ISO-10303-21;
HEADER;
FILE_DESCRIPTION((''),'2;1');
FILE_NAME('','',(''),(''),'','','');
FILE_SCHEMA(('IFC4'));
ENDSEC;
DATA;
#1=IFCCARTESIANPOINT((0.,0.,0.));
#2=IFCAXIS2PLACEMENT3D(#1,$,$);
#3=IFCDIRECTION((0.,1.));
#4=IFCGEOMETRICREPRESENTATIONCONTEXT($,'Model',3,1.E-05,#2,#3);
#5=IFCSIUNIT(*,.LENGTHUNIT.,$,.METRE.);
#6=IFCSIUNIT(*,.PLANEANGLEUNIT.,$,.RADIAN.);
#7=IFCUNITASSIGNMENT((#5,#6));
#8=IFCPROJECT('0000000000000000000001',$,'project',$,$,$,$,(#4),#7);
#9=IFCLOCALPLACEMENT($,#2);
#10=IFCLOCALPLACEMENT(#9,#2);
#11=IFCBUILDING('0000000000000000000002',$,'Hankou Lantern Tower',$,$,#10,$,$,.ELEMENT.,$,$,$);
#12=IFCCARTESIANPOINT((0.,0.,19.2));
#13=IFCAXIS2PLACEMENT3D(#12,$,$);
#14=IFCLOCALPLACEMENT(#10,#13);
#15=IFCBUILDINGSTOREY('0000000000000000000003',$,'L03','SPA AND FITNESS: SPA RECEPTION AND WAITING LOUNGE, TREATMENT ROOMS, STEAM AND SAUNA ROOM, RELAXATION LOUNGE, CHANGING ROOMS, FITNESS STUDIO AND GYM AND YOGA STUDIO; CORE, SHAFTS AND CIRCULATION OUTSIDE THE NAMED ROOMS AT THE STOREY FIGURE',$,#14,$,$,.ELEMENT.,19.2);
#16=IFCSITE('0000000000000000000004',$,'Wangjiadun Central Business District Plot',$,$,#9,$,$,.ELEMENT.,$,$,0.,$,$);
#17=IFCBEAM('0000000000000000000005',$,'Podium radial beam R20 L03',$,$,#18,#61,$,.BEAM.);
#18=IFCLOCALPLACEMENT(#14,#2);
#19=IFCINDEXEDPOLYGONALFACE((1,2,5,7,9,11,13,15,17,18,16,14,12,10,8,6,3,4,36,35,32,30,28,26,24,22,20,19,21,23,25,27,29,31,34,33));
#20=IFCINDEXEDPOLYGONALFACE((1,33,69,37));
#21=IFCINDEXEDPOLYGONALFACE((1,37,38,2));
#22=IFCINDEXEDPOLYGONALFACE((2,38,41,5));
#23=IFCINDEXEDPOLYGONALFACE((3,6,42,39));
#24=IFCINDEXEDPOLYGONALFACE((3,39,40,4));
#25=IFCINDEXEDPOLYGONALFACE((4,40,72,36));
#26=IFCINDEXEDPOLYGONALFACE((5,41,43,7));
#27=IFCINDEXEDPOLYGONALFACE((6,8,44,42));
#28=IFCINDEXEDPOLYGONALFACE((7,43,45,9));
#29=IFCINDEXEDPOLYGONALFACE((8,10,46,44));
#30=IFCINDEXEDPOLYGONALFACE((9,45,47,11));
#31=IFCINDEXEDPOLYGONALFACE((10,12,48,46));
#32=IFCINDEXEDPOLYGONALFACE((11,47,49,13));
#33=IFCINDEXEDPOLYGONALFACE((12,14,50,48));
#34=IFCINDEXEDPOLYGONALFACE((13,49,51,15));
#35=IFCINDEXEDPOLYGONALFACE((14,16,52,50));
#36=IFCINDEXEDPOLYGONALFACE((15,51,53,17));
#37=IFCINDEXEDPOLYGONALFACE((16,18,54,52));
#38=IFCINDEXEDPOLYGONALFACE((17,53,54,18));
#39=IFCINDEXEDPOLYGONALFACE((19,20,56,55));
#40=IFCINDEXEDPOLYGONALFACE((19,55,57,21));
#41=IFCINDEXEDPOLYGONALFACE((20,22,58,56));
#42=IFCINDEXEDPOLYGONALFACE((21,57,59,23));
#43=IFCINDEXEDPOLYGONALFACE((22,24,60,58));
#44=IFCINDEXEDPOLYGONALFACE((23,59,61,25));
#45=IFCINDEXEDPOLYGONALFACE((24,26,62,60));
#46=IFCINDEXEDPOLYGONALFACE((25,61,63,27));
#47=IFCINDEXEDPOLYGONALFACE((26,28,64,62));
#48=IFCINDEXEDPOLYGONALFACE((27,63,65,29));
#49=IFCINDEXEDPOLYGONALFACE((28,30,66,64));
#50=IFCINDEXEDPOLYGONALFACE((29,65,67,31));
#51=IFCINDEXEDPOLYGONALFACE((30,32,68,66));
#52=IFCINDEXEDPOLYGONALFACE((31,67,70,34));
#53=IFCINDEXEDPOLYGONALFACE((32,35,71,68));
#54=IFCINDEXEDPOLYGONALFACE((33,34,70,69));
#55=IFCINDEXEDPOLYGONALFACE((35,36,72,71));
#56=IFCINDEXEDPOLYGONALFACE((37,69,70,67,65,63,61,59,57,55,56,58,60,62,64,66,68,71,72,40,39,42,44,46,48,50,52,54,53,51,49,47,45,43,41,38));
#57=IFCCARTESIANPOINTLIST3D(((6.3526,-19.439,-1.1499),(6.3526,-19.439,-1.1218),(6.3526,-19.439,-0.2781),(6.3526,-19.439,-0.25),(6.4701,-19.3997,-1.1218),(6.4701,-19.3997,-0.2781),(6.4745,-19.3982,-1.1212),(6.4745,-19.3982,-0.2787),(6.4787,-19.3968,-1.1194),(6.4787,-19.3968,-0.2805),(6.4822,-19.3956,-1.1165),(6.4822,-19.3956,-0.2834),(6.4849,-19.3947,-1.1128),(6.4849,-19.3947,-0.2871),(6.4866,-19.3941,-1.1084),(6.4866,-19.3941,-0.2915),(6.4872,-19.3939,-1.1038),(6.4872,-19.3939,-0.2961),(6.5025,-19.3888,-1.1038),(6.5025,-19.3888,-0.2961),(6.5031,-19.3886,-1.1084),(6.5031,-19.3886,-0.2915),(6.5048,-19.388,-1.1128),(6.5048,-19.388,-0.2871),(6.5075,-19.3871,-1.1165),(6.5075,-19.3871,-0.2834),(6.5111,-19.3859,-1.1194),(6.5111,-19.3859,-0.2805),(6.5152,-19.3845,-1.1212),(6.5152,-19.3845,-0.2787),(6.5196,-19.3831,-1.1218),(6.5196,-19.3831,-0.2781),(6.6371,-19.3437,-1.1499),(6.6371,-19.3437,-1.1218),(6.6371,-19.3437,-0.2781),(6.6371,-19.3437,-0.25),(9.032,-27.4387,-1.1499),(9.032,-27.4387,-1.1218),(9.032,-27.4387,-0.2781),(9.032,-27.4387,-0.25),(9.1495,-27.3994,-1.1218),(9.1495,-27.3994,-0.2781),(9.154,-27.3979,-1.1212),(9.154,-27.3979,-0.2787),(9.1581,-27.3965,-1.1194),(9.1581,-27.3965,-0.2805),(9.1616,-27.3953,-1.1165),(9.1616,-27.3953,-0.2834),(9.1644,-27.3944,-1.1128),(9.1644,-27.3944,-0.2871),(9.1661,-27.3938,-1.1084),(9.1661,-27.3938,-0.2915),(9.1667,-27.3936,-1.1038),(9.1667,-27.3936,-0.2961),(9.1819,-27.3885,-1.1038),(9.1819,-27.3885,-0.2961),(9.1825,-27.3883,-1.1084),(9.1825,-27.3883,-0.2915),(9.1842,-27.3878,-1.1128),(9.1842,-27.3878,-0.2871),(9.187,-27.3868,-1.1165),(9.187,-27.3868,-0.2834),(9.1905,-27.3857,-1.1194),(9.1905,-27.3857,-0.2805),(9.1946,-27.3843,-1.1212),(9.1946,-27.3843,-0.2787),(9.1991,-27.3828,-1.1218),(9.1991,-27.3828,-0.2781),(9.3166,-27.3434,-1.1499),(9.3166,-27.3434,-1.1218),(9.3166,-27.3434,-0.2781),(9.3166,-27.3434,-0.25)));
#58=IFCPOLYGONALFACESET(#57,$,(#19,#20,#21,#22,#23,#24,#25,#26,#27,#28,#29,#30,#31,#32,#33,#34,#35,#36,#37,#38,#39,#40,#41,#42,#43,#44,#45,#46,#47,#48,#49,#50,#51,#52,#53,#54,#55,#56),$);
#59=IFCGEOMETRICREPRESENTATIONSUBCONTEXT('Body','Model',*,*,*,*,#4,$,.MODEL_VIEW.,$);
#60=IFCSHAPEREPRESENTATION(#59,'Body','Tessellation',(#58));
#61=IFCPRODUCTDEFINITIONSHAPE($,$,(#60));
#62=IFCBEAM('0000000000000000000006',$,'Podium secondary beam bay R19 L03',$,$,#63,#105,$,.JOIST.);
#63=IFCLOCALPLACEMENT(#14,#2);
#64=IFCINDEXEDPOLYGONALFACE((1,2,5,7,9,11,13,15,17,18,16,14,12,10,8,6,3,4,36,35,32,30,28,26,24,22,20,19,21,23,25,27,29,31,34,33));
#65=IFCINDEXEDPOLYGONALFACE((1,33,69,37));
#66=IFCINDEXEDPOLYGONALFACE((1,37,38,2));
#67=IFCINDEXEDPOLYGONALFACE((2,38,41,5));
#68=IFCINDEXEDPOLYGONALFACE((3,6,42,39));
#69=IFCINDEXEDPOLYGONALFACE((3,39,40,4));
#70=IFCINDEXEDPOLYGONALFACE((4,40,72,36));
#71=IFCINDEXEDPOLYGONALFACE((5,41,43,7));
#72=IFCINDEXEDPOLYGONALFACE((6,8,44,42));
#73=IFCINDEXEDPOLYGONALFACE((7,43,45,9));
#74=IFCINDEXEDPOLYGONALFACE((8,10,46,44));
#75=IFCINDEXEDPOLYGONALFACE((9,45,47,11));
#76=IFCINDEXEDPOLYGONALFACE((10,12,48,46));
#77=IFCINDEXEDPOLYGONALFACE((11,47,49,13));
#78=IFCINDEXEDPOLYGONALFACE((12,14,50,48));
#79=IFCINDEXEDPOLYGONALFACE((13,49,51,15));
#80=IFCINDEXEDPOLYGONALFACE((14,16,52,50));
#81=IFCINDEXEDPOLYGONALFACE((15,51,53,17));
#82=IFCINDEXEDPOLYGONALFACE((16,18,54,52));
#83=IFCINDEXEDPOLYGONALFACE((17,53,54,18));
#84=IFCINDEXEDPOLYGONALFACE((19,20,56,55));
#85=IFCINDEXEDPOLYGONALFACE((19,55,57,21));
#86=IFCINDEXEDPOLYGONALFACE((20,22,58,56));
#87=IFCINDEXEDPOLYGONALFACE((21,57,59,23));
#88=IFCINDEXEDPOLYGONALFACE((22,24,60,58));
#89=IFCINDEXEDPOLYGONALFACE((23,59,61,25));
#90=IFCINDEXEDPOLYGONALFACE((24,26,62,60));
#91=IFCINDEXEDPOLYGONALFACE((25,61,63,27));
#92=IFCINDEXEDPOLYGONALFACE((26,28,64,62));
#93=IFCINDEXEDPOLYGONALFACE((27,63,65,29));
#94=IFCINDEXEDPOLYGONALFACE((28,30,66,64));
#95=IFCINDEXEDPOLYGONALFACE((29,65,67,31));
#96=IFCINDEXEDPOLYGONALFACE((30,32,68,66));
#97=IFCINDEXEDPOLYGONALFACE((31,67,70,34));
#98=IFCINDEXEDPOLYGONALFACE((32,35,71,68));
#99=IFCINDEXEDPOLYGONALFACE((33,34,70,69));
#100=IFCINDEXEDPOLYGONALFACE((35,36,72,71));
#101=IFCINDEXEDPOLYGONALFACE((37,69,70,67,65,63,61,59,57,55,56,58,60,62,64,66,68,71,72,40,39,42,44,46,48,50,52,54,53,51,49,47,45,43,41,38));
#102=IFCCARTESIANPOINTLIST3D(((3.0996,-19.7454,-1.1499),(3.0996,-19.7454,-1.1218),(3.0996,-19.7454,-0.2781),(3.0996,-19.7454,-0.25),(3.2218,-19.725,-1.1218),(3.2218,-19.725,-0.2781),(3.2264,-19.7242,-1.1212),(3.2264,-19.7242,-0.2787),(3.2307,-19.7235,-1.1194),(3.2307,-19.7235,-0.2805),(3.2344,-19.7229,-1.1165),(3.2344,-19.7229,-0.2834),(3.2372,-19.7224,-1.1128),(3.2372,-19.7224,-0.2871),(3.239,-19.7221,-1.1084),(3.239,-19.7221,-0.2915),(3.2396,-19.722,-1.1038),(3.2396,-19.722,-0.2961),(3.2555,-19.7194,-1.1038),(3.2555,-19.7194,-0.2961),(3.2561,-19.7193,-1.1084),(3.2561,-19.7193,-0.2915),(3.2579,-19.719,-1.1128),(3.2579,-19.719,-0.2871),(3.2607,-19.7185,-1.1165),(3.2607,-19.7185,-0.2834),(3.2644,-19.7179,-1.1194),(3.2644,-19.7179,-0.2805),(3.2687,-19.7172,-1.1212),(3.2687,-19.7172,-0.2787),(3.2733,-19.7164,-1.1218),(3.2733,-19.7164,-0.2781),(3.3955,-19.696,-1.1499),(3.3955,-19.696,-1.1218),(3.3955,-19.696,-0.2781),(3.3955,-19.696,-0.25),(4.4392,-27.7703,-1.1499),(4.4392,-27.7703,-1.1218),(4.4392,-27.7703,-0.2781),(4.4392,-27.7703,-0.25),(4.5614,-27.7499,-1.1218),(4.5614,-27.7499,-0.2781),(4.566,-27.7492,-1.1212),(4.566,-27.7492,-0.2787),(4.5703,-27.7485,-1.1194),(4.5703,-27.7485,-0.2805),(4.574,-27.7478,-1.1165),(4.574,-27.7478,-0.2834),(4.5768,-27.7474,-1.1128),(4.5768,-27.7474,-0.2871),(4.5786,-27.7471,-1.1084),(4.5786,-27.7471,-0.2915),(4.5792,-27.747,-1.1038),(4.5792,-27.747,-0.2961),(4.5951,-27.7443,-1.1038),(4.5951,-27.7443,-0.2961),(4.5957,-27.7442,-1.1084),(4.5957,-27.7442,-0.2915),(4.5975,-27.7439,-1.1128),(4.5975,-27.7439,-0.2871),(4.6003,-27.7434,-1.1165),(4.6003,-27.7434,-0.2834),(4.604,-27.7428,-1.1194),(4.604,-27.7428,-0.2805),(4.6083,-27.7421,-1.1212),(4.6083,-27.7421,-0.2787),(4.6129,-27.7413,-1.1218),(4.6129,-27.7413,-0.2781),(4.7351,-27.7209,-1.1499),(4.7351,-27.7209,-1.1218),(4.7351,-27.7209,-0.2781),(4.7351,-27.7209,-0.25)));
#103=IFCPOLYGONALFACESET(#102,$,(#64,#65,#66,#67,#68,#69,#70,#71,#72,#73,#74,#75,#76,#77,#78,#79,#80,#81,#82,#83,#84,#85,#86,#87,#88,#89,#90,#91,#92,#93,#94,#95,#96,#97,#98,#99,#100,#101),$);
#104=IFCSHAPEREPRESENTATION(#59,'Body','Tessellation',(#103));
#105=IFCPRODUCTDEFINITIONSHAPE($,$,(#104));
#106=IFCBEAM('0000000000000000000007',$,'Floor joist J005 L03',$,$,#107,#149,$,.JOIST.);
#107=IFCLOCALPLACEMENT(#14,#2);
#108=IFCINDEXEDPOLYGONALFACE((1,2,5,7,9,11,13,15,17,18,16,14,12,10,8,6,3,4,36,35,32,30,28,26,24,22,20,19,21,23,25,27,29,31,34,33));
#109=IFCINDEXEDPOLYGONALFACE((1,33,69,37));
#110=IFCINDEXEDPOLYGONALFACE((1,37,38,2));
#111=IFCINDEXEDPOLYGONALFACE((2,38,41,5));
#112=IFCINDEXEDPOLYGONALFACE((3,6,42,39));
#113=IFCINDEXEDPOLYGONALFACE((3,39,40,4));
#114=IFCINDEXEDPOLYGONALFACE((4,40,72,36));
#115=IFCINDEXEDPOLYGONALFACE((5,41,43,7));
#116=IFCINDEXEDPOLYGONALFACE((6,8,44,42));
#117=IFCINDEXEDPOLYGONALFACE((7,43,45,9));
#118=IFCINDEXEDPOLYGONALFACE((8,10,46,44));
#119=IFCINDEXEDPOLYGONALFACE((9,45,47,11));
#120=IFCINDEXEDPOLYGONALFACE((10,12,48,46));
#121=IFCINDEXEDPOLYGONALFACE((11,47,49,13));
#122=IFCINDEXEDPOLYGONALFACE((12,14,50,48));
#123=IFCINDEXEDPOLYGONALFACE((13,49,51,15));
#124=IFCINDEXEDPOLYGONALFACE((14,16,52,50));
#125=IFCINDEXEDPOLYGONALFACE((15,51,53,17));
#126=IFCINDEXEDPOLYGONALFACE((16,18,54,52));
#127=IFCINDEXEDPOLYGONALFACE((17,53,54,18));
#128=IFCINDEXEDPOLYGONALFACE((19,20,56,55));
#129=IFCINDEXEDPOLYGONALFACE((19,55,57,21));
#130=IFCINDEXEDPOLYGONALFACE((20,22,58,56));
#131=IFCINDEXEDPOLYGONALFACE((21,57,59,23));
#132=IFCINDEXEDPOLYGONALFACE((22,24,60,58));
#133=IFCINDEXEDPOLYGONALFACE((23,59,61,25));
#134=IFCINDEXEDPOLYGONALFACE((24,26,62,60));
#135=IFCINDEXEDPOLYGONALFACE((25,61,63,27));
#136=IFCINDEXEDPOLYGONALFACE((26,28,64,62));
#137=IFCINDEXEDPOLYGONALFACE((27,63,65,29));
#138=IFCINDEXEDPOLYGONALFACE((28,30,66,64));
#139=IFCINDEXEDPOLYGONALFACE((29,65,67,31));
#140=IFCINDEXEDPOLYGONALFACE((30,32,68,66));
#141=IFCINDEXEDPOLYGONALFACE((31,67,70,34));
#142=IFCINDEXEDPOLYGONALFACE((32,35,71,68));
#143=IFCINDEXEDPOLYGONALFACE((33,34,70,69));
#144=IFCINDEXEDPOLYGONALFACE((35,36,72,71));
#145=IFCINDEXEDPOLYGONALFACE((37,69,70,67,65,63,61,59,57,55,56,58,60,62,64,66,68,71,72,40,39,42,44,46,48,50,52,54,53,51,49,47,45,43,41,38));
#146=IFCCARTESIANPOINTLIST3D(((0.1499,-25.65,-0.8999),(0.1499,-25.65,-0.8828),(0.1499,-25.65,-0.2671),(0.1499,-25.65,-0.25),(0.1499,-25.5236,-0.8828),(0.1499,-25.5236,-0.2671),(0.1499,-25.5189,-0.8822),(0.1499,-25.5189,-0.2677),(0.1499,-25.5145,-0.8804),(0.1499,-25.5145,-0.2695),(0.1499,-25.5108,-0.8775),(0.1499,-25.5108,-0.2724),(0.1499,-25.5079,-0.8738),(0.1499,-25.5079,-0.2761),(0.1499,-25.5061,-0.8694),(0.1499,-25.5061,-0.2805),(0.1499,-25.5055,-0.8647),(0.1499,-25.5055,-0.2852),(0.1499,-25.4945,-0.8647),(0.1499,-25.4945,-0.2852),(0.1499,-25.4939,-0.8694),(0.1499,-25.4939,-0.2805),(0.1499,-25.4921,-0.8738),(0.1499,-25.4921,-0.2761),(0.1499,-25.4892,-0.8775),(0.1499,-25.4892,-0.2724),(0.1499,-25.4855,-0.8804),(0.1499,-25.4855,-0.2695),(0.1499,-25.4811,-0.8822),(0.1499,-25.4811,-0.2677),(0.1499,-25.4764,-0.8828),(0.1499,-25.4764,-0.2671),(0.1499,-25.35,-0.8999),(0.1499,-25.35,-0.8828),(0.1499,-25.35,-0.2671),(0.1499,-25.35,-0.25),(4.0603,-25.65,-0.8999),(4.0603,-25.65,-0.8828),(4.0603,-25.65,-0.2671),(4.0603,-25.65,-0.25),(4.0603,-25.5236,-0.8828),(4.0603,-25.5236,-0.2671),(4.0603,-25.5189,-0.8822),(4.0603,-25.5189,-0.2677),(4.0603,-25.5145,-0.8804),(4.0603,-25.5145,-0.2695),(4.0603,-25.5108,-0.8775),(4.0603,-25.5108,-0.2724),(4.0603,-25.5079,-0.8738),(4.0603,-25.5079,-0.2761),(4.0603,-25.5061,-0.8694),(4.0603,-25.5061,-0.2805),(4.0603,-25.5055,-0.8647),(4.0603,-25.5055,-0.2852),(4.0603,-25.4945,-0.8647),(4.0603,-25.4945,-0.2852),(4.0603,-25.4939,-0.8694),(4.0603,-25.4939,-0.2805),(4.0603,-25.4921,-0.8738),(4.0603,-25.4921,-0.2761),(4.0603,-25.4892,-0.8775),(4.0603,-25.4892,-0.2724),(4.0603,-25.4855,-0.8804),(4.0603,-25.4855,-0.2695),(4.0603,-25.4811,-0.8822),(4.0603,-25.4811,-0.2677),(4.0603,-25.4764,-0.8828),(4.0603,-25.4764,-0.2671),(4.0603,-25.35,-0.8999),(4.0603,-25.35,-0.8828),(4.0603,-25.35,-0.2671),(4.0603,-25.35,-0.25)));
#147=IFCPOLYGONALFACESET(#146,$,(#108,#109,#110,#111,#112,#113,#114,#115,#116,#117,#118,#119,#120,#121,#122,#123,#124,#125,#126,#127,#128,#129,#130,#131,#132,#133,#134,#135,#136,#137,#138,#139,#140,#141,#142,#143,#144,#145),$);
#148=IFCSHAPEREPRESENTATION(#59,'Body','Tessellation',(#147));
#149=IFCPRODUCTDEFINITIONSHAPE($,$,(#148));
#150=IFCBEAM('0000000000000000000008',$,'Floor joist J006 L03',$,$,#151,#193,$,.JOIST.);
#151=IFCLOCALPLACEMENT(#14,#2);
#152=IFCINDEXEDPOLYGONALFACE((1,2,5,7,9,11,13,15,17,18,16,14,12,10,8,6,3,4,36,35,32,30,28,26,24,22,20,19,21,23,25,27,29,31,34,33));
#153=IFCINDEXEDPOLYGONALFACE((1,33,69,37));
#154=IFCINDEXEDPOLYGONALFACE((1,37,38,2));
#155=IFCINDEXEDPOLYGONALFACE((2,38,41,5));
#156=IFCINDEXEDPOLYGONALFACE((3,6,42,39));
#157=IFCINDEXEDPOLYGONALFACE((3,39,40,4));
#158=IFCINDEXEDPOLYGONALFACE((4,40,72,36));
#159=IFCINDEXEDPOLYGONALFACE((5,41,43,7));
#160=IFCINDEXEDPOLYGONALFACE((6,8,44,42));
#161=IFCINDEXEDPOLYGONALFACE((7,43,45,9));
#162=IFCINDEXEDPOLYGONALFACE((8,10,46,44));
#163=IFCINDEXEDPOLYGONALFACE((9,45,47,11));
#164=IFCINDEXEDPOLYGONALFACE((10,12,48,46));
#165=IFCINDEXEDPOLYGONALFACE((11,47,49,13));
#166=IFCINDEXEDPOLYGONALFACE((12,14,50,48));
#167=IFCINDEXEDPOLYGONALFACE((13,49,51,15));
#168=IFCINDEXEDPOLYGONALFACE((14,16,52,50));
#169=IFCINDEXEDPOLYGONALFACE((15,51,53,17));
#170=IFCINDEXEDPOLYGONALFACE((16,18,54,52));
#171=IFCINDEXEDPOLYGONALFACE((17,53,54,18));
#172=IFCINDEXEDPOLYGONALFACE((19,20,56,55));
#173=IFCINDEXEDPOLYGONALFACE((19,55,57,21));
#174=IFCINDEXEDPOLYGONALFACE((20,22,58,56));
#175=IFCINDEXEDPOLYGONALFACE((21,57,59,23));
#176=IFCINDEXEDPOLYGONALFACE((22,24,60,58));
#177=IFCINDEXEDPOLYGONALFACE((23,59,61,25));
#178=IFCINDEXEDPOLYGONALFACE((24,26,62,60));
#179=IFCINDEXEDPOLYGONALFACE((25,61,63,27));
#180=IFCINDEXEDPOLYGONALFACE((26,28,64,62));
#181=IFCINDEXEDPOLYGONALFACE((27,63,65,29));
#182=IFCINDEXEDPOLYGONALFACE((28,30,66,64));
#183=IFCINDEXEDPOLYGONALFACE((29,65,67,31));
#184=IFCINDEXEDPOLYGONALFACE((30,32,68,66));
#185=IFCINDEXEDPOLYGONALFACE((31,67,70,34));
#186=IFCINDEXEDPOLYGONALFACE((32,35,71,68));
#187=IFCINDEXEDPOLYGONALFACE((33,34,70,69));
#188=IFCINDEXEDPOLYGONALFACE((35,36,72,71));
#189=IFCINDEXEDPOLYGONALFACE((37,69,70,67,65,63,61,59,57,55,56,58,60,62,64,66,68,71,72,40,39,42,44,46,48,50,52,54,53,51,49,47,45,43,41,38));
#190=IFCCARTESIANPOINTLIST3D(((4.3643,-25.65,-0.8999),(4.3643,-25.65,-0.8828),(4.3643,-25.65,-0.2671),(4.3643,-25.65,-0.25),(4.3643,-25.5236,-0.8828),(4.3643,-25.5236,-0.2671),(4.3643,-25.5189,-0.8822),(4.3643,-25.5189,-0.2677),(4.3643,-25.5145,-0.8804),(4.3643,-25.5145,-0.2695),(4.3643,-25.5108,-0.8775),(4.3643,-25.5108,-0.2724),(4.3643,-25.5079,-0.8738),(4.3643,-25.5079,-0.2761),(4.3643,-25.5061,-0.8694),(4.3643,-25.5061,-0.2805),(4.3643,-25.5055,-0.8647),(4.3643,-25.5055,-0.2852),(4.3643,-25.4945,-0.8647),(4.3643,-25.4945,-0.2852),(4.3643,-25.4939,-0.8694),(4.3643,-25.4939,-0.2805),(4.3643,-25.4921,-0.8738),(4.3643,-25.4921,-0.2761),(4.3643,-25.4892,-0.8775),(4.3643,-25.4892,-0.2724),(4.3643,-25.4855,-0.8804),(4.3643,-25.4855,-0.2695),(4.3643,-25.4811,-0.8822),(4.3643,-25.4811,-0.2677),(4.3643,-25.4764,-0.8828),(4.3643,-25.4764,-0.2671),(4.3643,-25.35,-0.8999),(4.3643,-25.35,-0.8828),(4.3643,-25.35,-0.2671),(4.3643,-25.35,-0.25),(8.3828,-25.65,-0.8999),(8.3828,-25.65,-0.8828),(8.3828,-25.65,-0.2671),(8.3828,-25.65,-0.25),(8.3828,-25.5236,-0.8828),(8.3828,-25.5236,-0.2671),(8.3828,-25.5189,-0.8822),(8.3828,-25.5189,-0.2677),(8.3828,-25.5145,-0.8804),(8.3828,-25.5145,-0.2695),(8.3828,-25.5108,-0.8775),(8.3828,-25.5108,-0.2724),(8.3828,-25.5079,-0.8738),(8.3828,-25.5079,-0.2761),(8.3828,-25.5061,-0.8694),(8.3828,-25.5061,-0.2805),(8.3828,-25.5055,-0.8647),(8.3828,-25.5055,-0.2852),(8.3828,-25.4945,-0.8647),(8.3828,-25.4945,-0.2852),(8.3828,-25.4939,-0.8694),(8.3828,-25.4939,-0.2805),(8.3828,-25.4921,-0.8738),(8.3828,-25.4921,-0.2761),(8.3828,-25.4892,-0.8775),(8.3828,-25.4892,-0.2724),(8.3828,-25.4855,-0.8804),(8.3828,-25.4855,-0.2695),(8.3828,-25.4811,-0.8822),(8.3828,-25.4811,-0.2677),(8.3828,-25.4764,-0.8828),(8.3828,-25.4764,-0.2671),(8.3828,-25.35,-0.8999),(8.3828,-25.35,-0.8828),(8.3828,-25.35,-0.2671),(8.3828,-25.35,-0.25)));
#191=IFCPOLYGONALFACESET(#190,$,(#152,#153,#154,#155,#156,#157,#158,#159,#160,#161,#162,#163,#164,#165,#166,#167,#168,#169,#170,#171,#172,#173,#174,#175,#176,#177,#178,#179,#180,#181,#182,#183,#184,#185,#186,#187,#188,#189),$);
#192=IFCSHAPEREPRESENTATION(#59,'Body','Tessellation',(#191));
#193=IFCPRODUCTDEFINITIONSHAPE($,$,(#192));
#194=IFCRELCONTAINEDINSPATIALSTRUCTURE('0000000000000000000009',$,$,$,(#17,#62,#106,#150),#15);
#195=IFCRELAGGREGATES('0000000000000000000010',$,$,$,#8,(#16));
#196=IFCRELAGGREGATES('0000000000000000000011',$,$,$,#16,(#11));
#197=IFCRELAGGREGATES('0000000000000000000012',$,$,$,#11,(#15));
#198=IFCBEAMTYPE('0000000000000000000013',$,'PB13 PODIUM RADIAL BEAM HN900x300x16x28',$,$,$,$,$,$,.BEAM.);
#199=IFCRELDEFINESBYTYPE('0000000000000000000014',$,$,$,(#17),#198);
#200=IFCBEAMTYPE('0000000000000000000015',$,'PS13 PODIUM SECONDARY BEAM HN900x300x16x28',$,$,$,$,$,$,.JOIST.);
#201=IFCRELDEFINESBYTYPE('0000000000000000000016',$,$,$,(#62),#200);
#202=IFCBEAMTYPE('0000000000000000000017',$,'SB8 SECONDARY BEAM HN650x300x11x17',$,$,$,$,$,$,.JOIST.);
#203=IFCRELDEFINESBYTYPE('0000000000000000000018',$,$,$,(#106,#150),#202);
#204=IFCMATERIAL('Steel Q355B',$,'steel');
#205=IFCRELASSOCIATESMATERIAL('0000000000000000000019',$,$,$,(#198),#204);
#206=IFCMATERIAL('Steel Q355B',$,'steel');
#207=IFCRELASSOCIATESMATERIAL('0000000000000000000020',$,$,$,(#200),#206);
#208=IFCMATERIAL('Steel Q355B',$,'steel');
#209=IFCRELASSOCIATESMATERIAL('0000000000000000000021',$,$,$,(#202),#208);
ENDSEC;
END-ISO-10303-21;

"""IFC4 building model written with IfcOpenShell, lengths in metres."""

from ifc_helpers import new_model, si_unit, direction, frame, origin, origin_2d, place, context, subcontext, project, spatial, i_section, extrude, material, material_profile, profile_set, type_object, element, save


model = new_model("IFC4")

# Units and contexts
model_context = context("Model", 3, precision=1e-05, world=origin(), true_north=direction((0.0, 1.0)))
body_context = subcontext(model_context, "Body", "Model", "MODEL_VIEW")
ifc_project = project(units=[si_unit("LENGTHUNIT", "METRE"), si_unit("PLANEANGLEUNIT", "RADIAN")], contexts=[model_context])

# Site, building, storey
site_placement = place(None, origin())
site = spatial("IfcSite", under=ifc_project, at=site_placement, Name="Wangjiadun Central Business District Plot", CompositionType="ELEMENT", RefElevation=0.0)
building_placement = place(site_placement, origin())
building = spatial("IfcBuilding", under=site, at=building_placement, Name="Hankou Lantern Tower", CompositionType="ELEMENT")
storey_placement = place(building_placement, frame((0.0, 0.0, 19.2)))
storey = spatial("IfcBuildingStorey", under=building, at=storey_placement, Name="L03", Description="SPA AND FITNESS: SPA RECEPTION AND WAITING LOUNGE, TREATMENT ROOMS, STEAM AND SAUNA ROOM, RELAXATION LOUNGE, CHANGING ROOMS, FITNESS STUDIO AND GYM AND YOGA STUDIO; CORE, SHAFTS AND CIRCULATION OUTSIDE THE NAMED ROOMS AT THE STOREY FIGURE", CompositionType="ELEMENT", Elevation=19.2)

# Beams
ifc_material_1 = material(Name="Steel Q355B", Category="steel")
ifc_material_profile_1 = material_profile(ifc_material_1, i_section(OverallWidth=0.3, OverallDepth=0.8999, WebThickness=0.0161, FlangeThickness=0.0281, FilletRadius=0.0181, at=origin_2d()), Name="HN900x300x16x28")
ifc_profile_set_1 = profile_set([ifc_material_profile_1], Name="Steel Q355B")
beam_type_1 = type_object("IfcBeamType", Name="PB13 PODIUM RADIAL BEAM HN900x300x16x28", PredefinedType="BEAM", material=ifc_profile_set_1)
beam_1_placement = place(storey_placement, frame((6.4949, -19.3914, -0.7), z_axis=(0.317599, -0.948225, 0.0), x_axis=(0.948225, 0.317599, 0.0)))
element("IfcBeam", 1, at=beam_1_placement, inside=storey, type_object=beam_type_1, Name="Podium radial beam R20 L03", PredefinedType="BEAM", context=body_context, shape_type="SweptSolid", body=[
    extrude(i_section(OverallWidth=0.3, OverallDepth=0.8999, WebThickness=0.0161, FlangeThickness=0.0281, FilletRadius=0.0181, at=origin_2d()), origin(), (0.0, 0.0, 1.0), 8.4365),
])
ifc_material_2 = material(Name="Steel Q355B", Category="steel")
ifc_material_profile_2 = material_profile(ifc_material_2, i_section(OverallWidth=0.3, OverallDepth=0.8999, WebThickness=0.0161, FlangeThickness=0.0281, FilletRadius=0.0181, at=origin_2d()), Name="HN900x300x16x28")
ifc_profile_set_2 = profile_set([ifc_material_profile_2], Name="Steel Q355B")
beam_type_2 = type_object("IfcBeamType", Name="PS13 PODIUM SECONDARY BEAM HN900x300x16x28", PredefinedType="JOIST", material=ifc_profile_set_2)
beam_2_placement = place(storey_placement, frame((3.2476, -19.7207, -0.7), z_axis=(0.164652, -0.986352, 0.0), x_axis=(0.986352, 0.164652, 0.0)))
element("IfcBeam", 2, at=beam_2_placement, inside=storey, type_object=beam_type_2, Name="Podium secondary beam bay R19 L03", PredefinedType="JOIST", context=body_context, shape_type="SweptSolid", body=[
    extrude(i_section(OverallWidth=0.3, OverallDepth=0.8999, WebThickness=0.0161, FlangeThickness=0.0281, FilletRadius=0.0181, at=origin_2d()), origin(), (0.0, 0.0, 1.0), 8.136),
])
ifc_material_3 = material(Name="Steel Q355B", Category="steel")
ifc_material_profile_3 = material_profile(ifc_material_3, i_section(OverallWidth=0.3, OverallDepth=0.6499, WebThickness=0.011, FlangeThickness=0.0171, FilletRadius=0.0181, at=origin_2d()), Name="HN650x300x11x17")
ifc_profile_set_3 = profile_set([ifc_material_profile_3], Name="Steel Q355B")
beam_type_3 = type_object("IfcBeamType", Name="SB8 SECONDARY BEAM HN650x300x11x17", PredefinedType="JOIST", material=ifc_profile_set_3)
beam_3_placement = place(storey_placement, frame((0.1499, -25.5, -0.575), z_axis=(1.0, 0.0, 0.0), x_axis=(0.0, 1.0, 0.0)))
element("IfcBeam", 3, at=beam_3_placement, inside=storey, type_object=beam_type_3, Name="Floor joist J005 L03", PredefinedType="JOIST", context=body_context, shape_type="SweptSolid", body=[
    extrude(i_section(OverallWidth=0.3, OverallDepth=0.6499, WebThickness=0.011, FlangeThickness=0.0171, FilletRadius=0.0181, at=origin_2d()), origin(), (0.0, 0.0, 1.0), 3.9104),
])
beam_4_placement = place(storey_placement, frame((4.3643, -25.5, -0.575), z_axis=(1.0, 0.0, 0.0), x_axis=(0.0, 1.0, 0.0)))
element("IfcBeam", 4, at=beam_4_placement, inside=storey, type_object=beam_type_3, Name="Floor joist J006 L03", PredefinedType="JOIST", context=body_context, shape_type="SweptSolid", body=[
    extrude(i_section(OverallWidth=0.3, OverallDepth=0.6499, WebThickness=0.011, FlangeThickness=0.0171, FilletRadius=0.0181, at=origin_2d()), origin(), (0.0, 0.0, 1.0), 4.0186),
])

save(model, "model.ifc")
